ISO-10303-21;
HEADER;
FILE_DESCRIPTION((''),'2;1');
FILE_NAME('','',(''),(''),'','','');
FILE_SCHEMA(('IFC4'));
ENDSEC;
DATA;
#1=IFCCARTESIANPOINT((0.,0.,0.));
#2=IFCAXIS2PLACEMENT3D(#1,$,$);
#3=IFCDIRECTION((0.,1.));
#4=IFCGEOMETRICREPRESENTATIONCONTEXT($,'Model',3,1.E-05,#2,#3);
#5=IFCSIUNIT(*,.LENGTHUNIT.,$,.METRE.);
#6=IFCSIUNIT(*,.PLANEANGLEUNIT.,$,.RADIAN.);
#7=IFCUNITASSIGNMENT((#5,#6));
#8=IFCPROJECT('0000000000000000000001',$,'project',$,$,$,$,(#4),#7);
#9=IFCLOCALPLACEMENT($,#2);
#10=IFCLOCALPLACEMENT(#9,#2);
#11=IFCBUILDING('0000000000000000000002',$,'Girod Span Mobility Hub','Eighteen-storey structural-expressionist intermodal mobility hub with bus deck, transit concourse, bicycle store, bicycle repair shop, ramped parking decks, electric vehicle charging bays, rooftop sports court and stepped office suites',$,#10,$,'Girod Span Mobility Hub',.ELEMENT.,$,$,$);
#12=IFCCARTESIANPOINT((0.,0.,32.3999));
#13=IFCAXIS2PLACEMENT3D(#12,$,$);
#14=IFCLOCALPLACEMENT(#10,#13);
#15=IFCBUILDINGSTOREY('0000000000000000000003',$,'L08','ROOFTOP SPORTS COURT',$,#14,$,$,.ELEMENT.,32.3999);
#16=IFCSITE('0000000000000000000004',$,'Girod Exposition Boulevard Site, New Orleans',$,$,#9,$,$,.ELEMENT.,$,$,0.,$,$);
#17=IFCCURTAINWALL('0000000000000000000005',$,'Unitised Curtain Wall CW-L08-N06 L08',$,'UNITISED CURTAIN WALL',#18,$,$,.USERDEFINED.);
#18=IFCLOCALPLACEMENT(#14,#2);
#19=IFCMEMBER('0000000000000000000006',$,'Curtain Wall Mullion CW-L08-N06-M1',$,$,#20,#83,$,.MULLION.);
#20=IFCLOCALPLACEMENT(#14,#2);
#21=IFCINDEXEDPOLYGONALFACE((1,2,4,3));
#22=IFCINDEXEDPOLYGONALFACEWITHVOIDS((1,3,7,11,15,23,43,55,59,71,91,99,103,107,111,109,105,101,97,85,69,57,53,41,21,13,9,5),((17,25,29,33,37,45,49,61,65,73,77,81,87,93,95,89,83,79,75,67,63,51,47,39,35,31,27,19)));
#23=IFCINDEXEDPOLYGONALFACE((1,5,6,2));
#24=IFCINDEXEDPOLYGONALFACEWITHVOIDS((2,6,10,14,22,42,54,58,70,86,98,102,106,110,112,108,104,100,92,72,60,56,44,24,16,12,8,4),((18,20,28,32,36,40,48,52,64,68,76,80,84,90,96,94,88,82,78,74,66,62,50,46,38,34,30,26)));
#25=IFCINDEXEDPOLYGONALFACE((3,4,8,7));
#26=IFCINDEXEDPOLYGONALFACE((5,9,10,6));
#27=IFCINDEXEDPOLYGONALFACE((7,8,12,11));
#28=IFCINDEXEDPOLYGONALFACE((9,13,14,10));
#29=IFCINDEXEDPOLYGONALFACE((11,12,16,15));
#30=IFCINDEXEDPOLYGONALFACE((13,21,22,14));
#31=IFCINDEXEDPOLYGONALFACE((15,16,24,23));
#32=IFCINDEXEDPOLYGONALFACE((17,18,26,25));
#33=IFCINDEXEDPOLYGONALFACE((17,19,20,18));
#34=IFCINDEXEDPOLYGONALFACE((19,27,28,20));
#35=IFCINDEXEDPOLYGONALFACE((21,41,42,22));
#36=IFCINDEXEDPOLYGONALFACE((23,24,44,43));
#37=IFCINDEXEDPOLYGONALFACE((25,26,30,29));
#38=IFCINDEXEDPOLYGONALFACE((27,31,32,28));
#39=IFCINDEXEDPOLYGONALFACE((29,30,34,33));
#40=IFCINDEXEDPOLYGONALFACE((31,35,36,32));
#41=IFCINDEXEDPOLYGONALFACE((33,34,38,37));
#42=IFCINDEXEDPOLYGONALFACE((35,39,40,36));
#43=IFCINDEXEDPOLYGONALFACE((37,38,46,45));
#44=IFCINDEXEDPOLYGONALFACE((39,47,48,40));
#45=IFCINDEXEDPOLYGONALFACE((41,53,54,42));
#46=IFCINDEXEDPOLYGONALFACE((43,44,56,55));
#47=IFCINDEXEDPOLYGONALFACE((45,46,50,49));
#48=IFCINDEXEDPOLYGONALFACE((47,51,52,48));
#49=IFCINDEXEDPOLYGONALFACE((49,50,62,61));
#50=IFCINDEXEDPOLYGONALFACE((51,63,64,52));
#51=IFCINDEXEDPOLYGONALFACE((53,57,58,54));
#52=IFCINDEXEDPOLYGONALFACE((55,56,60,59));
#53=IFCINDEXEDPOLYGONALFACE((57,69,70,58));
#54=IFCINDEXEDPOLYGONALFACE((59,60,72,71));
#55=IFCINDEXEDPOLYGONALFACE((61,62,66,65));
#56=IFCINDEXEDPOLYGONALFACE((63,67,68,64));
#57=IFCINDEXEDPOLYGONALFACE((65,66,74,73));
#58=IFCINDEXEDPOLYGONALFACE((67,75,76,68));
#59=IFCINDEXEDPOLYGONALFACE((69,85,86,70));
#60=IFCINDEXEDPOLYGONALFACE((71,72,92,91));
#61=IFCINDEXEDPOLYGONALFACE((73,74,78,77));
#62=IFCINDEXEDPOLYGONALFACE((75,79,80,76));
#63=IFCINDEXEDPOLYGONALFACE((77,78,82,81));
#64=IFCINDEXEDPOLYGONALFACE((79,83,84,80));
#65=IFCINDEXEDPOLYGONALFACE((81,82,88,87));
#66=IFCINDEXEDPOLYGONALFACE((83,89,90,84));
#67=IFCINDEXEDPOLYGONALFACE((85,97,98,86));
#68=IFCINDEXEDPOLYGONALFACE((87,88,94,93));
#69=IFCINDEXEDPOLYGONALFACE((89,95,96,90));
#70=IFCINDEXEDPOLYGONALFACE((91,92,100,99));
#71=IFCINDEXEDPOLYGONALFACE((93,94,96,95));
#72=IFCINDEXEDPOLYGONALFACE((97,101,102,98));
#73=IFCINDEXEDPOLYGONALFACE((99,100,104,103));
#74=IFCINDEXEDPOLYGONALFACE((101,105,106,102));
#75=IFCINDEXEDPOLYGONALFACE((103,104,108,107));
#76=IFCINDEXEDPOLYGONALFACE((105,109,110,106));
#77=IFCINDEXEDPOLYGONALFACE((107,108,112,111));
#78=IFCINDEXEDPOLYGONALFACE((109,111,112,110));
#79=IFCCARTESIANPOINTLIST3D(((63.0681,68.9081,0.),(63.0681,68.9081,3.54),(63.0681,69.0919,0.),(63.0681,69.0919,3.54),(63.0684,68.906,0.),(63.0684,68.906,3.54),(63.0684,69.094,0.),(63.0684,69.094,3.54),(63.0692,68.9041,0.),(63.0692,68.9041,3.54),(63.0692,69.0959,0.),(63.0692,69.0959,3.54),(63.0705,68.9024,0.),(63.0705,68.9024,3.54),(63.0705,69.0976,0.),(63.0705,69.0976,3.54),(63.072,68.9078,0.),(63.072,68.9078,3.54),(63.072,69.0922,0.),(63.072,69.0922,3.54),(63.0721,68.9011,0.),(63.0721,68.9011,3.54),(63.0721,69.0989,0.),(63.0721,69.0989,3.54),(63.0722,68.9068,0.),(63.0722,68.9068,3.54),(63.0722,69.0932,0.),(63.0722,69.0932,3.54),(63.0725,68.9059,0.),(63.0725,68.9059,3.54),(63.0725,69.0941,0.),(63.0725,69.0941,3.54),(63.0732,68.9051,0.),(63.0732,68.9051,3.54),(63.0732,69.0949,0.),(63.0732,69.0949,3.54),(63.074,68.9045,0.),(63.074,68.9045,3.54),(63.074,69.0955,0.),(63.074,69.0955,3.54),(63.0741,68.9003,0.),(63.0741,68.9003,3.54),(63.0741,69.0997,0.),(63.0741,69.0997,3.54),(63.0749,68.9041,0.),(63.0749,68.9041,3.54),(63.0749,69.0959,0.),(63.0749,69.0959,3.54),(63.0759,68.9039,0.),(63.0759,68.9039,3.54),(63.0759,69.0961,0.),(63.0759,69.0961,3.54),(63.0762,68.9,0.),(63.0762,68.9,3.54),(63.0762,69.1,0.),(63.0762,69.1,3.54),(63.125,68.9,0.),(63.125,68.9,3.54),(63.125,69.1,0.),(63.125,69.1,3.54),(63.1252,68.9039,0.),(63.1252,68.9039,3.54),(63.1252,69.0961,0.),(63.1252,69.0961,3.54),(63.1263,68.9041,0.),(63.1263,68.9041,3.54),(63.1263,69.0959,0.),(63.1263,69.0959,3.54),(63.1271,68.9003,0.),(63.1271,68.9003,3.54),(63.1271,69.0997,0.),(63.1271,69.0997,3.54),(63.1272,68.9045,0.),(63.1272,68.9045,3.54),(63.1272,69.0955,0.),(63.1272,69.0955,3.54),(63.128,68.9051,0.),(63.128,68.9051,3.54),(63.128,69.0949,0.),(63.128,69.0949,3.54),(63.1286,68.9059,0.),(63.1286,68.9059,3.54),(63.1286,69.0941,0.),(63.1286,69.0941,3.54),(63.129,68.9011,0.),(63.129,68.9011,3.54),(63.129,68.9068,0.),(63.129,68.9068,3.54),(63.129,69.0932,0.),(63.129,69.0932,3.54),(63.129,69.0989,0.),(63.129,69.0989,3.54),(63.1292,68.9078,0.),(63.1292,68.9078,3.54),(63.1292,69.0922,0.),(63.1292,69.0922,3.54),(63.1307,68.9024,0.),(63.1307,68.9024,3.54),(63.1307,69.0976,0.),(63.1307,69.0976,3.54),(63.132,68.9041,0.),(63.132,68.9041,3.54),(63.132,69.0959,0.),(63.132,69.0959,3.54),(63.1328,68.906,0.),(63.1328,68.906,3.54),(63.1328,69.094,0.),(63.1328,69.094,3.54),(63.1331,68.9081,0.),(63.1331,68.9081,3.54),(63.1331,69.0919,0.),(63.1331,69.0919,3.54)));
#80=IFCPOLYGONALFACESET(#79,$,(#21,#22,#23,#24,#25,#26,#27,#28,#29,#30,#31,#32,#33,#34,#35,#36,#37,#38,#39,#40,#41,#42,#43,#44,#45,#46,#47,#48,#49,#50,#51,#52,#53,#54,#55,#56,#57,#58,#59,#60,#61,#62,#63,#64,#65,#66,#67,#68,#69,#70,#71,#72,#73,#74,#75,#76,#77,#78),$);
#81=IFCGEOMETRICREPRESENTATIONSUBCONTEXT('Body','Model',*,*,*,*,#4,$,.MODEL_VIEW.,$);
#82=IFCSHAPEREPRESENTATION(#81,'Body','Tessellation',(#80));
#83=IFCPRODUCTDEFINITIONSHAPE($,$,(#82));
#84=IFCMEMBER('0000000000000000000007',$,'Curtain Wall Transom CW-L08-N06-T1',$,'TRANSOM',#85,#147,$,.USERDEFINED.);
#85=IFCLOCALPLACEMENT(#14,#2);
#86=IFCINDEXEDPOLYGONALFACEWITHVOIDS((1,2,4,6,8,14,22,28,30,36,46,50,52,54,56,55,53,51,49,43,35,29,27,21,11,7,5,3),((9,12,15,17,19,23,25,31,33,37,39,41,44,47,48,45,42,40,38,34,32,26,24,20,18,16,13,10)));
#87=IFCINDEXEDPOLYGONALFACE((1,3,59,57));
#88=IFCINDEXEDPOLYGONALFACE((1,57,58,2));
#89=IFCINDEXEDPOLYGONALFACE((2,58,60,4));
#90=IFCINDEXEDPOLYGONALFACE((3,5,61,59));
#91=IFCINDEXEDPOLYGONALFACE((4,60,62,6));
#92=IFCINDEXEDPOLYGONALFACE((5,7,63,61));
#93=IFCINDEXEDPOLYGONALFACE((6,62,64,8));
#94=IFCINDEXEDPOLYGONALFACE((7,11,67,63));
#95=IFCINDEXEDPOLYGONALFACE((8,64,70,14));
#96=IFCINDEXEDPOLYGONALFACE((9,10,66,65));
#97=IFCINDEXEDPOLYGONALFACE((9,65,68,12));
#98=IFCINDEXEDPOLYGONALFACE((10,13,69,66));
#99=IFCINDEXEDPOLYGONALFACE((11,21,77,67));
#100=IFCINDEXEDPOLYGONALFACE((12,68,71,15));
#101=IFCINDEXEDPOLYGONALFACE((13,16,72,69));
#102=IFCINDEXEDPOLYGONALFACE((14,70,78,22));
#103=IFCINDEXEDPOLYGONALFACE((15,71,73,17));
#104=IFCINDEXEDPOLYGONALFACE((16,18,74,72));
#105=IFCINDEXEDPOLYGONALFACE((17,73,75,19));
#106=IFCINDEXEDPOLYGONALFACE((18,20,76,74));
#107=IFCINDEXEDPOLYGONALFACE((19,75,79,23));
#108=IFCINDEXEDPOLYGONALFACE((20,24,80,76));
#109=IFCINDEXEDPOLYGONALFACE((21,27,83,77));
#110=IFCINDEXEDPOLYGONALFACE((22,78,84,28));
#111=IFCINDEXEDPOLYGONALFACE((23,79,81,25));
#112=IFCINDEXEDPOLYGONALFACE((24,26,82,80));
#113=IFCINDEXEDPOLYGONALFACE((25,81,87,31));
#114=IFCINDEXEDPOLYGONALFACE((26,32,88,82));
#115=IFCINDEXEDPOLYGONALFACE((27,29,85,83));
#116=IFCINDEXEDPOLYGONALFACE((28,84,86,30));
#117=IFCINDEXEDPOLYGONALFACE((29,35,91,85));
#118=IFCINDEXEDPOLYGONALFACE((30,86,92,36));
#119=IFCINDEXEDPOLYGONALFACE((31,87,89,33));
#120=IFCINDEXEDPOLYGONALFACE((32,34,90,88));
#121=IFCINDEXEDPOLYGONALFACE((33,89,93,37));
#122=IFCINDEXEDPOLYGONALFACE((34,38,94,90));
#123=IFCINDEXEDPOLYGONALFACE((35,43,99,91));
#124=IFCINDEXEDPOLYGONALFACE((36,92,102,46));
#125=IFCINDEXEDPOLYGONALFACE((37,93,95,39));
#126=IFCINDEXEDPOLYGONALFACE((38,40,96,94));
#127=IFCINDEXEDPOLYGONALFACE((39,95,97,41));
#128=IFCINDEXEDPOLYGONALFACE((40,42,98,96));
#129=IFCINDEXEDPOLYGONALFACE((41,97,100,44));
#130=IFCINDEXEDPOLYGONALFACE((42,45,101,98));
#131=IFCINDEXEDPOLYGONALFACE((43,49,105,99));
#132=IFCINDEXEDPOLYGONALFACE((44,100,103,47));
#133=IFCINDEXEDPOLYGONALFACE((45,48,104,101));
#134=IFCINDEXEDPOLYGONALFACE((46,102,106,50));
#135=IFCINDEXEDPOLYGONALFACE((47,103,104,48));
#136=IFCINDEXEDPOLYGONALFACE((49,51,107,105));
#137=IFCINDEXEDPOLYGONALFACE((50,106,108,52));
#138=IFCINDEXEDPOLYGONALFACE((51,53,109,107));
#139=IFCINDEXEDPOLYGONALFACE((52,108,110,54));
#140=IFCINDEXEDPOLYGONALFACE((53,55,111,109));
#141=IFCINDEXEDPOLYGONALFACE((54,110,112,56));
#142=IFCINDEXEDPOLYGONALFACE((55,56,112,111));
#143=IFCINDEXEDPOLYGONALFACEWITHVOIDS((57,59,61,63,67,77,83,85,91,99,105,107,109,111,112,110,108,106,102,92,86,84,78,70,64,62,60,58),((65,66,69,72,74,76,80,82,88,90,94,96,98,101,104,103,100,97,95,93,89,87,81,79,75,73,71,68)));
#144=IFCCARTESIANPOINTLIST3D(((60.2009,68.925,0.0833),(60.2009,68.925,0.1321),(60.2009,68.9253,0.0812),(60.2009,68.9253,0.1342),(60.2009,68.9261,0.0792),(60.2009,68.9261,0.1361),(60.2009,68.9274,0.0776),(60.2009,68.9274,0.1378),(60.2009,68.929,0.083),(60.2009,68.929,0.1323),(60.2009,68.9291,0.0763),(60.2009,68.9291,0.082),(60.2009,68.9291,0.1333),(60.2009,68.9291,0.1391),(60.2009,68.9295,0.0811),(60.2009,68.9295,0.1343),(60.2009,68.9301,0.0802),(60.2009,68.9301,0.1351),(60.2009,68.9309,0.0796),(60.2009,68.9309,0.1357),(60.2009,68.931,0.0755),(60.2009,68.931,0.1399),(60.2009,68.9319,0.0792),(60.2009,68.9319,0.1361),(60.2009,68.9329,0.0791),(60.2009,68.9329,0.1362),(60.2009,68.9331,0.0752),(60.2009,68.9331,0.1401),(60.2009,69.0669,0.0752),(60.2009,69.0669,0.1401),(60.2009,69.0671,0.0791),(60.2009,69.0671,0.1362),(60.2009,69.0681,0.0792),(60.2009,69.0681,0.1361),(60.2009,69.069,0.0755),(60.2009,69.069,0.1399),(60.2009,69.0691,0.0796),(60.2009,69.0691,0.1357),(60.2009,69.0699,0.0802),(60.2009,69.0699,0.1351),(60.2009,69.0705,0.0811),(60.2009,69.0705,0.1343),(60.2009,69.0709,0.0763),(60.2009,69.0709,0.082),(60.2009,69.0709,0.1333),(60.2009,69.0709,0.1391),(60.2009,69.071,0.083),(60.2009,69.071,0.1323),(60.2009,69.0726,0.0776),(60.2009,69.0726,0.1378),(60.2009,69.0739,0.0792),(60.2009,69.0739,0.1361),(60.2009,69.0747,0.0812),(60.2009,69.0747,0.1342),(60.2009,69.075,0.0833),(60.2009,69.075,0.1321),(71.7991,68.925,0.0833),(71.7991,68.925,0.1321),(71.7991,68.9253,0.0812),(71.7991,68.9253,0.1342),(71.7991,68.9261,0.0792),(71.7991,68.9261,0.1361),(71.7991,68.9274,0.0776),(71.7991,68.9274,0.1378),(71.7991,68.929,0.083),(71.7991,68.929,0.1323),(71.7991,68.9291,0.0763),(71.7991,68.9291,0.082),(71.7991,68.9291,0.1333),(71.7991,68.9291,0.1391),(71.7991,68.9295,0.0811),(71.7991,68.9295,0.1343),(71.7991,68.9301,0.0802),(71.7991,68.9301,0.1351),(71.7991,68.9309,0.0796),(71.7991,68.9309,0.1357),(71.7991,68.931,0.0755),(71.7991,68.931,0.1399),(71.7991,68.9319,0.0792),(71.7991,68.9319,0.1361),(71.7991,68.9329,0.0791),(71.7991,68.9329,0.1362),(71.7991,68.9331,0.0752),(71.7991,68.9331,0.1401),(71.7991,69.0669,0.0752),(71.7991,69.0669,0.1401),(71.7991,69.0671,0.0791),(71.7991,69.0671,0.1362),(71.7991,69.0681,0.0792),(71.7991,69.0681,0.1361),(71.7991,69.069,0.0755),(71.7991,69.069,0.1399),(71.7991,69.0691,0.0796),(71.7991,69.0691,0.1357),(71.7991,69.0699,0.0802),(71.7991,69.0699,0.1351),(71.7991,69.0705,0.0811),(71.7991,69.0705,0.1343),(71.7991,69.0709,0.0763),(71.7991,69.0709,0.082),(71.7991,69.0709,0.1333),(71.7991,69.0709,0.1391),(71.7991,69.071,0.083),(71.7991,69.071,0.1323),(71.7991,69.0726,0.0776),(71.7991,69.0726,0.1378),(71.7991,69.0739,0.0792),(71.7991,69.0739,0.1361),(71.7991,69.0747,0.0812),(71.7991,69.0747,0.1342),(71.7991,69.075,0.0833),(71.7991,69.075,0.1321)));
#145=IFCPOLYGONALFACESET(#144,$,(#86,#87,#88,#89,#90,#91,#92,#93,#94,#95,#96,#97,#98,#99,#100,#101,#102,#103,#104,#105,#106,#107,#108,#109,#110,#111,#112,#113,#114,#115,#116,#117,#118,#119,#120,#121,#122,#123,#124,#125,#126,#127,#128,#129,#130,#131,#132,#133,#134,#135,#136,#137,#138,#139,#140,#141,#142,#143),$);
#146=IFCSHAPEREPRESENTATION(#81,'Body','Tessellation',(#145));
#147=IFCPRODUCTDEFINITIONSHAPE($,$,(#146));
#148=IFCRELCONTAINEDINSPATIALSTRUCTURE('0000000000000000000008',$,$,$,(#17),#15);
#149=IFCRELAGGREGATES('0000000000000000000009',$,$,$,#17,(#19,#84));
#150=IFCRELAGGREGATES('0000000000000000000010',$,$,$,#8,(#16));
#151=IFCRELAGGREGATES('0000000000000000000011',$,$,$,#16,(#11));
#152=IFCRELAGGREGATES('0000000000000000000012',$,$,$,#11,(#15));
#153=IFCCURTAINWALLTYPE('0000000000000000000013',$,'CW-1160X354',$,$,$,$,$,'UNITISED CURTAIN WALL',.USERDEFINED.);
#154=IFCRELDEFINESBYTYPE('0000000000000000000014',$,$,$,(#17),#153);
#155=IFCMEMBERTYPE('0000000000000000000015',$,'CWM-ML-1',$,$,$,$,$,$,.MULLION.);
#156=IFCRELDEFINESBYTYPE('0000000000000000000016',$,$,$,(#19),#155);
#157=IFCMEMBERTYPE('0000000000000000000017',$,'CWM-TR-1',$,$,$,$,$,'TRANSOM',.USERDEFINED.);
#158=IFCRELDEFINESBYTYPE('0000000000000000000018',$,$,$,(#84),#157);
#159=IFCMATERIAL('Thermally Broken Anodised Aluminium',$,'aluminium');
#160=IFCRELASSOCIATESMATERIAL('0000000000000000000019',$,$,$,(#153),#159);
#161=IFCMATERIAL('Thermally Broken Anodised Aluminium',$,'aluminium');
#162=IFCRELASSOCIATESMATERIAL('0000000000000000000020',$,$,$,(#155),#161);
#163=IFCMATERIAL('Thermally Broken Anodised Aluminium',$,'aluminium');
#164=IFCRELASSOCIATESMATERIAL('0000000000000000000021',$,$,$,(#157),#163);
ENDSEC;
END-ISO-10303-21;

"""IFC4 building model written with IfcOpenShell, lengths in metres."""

from ifc_helpers import new_model, si_unit, direction, frame, origin, origin_2d, place, context, subcontext, project, spatial, hollow_rectangle, extrude, material, material_profile, profile_set, type_object, element, aggregate, save


model = new_model("IFC4")

# Units and contexts
model_context = context("Model", 3, precision=1e-05, world=origin(), true_north=direction((0.0, 1.0)))
body_context = subcontext(model_context, "Body", "Model", "MODEL_VIEW")
ifc_project = project(units=[si_unit("LENGTHUNIT", "METRE"), si_unit("PLANEANGLEUNIT", "RADIAN")], contexts=[model_context])

# Site, building, storey
site_placement = place(None, origin())
site = spatial("IfcSite", under=ifc_project, at=site_placement, Name="Girod Exposition Boulevard Site, New Orleans", CompositionType="ELEMENT", RefElevation=0.0)
building_placement = place(site_placement, origin())
building = spatial("IfcBuilding", under=site, at=building_placement, Name="Girod Span Mobility Hub", Description="Eighteen-storey structural-expressionist intermodal mobility hub with bus deck, transit concourse, bicycle store, bicycle repair shop, ramped parking decks, electric vehicle charging bays, rooftop sports court and stepped office suites", LongName="Girod Span Mobility Hub", CompositionType="ELEMENT")
storey_placement = place(building_placement, frame((0.0, 0.0, 32.3999)))
storey = spatial("IfcBuildingStorey", under=building, at=storey_placement, Name="L08", Description="ROOFTOP SPORTS COURT", CompositionType="ELEMENT", Elevation=32.3999)

# Curtain wall, members
ifc_material_1 = material(Name="Thermally Broken Anodised Aluminium", Category="aluminium")
curtain_wall_type = type_object("IfcCurtainWallType", Name="CW-1160X354", ElementType="UNITISED CURTAIN WALL", PredefinedType="USERDEFINED", material=ifc_material_1)
curtain_wall_placement = place(storey_placement, origin())
curtain_wall = element("IfcCurtainWall", 1, at=curtain_wall_placement, inside=storey, type_object=curtain_wall_type, Name="Unitised Curtain Wall CW-L08-N06 L08", ObjectType="UNITISED CURTAIN WALL", PredefinedType="USERDEFINED")
ifc_material_2 = material(Name="Thermally Broken Anodised Aluminium", Category="aluminium")
ifc_material_profile_1 = material_profile(ifc_material_2, hollow_rectangle(XDim=0.2, YDim=0.0649, WallThickness=0.0039, InnerFilletRadius=0.0039, OuterFilletRadius=0.0081, at=origin_2d()), Name="CW-ML-65X200")
ifc_profile_set_1 = profile_set([ifc_material_profile_1], Name="Thermally Broken Anodised Aluminium")
member_type_1 = type_object("IfcMemberType", Name="CWM-ML-1", PredefinedType="MULLION", material=ifc_profile_set_1)
member_1_placement = place(storey_placement, frame((63.1006, 69.0, 0.0), z_axis=(0.0, 0.0, 1.0), x_axis=(0.0, 1.0, 0.0)))
member_1 = element("IfcMember", 2, at=member_1_placement, type_object=member_type_1, Name="Curtain Wall Mullion CW-L08-N06-M1", PredefinedType="MULLION", context=body_context, shape_type="SweptSolid", body=[
    extrude(hollow_rectangle(XDim=0.2, YDim=0.0649, WallThickness=0.0039, InnerFilletRadius=0.0039, OuterFilletRadius=0.0081, at=origin_2d()), origin(), (0.0, 0.0, 1.0), 3.54),
])
ifc_material_3 = material(Name="Thermally Broken Anodised Aluminium", Category="aluminium")
ifc_material_profile_2 = material_profile(ifc_material_3, hollow_rectangle(XDim=0.1499, YDim=0.0649, WallThickness=0.0039, InnerFilletRadius=0.0039, OuterFilletRadius=0.0081, at=origin_2d()), Name="CW-TR-65X150")
ifc_profile_set_2 = profile_set([ifc_material_profile_2], Name="Thermally Broken Anodised Aluminium")
member_type_2 = type_object("IfcMemberType", Name="CWM-TR-1", ElementType="TRANSOM", PredefinedType="USERDEFINED", material=ifc_profile_set_2)
member_2_placement = place(storey_placement, frame((60.2009, 69.0, 0.1077), z_axis=(1.0, 0.0, 0.0), x_axis=(0.0, 1.0, 0.0)))
member_2 = element("IfcMember", 3, at=member_2_placement, type_object=member_type_2, Name="Curtain Wall Transom CW-L08-N06-T1", ObjectType="TRANSOM", PredefinedType="USERDEFINED", context=body_context, shape_type="SweptSolid", body=[
    extrude(hollow_rectangle(XDim=0.1499, YDim=0.0649, WallThickness=0.0039, InnerFilletRadius=0.0039, OuterFilletRadius=0.0081, at=origin_2d()), origin(), (0.0, 0.0, 1.0), 11.5981),
])

aggregate(curtain_wall, [member_1, member_2])

save(model, "model.ifc")
